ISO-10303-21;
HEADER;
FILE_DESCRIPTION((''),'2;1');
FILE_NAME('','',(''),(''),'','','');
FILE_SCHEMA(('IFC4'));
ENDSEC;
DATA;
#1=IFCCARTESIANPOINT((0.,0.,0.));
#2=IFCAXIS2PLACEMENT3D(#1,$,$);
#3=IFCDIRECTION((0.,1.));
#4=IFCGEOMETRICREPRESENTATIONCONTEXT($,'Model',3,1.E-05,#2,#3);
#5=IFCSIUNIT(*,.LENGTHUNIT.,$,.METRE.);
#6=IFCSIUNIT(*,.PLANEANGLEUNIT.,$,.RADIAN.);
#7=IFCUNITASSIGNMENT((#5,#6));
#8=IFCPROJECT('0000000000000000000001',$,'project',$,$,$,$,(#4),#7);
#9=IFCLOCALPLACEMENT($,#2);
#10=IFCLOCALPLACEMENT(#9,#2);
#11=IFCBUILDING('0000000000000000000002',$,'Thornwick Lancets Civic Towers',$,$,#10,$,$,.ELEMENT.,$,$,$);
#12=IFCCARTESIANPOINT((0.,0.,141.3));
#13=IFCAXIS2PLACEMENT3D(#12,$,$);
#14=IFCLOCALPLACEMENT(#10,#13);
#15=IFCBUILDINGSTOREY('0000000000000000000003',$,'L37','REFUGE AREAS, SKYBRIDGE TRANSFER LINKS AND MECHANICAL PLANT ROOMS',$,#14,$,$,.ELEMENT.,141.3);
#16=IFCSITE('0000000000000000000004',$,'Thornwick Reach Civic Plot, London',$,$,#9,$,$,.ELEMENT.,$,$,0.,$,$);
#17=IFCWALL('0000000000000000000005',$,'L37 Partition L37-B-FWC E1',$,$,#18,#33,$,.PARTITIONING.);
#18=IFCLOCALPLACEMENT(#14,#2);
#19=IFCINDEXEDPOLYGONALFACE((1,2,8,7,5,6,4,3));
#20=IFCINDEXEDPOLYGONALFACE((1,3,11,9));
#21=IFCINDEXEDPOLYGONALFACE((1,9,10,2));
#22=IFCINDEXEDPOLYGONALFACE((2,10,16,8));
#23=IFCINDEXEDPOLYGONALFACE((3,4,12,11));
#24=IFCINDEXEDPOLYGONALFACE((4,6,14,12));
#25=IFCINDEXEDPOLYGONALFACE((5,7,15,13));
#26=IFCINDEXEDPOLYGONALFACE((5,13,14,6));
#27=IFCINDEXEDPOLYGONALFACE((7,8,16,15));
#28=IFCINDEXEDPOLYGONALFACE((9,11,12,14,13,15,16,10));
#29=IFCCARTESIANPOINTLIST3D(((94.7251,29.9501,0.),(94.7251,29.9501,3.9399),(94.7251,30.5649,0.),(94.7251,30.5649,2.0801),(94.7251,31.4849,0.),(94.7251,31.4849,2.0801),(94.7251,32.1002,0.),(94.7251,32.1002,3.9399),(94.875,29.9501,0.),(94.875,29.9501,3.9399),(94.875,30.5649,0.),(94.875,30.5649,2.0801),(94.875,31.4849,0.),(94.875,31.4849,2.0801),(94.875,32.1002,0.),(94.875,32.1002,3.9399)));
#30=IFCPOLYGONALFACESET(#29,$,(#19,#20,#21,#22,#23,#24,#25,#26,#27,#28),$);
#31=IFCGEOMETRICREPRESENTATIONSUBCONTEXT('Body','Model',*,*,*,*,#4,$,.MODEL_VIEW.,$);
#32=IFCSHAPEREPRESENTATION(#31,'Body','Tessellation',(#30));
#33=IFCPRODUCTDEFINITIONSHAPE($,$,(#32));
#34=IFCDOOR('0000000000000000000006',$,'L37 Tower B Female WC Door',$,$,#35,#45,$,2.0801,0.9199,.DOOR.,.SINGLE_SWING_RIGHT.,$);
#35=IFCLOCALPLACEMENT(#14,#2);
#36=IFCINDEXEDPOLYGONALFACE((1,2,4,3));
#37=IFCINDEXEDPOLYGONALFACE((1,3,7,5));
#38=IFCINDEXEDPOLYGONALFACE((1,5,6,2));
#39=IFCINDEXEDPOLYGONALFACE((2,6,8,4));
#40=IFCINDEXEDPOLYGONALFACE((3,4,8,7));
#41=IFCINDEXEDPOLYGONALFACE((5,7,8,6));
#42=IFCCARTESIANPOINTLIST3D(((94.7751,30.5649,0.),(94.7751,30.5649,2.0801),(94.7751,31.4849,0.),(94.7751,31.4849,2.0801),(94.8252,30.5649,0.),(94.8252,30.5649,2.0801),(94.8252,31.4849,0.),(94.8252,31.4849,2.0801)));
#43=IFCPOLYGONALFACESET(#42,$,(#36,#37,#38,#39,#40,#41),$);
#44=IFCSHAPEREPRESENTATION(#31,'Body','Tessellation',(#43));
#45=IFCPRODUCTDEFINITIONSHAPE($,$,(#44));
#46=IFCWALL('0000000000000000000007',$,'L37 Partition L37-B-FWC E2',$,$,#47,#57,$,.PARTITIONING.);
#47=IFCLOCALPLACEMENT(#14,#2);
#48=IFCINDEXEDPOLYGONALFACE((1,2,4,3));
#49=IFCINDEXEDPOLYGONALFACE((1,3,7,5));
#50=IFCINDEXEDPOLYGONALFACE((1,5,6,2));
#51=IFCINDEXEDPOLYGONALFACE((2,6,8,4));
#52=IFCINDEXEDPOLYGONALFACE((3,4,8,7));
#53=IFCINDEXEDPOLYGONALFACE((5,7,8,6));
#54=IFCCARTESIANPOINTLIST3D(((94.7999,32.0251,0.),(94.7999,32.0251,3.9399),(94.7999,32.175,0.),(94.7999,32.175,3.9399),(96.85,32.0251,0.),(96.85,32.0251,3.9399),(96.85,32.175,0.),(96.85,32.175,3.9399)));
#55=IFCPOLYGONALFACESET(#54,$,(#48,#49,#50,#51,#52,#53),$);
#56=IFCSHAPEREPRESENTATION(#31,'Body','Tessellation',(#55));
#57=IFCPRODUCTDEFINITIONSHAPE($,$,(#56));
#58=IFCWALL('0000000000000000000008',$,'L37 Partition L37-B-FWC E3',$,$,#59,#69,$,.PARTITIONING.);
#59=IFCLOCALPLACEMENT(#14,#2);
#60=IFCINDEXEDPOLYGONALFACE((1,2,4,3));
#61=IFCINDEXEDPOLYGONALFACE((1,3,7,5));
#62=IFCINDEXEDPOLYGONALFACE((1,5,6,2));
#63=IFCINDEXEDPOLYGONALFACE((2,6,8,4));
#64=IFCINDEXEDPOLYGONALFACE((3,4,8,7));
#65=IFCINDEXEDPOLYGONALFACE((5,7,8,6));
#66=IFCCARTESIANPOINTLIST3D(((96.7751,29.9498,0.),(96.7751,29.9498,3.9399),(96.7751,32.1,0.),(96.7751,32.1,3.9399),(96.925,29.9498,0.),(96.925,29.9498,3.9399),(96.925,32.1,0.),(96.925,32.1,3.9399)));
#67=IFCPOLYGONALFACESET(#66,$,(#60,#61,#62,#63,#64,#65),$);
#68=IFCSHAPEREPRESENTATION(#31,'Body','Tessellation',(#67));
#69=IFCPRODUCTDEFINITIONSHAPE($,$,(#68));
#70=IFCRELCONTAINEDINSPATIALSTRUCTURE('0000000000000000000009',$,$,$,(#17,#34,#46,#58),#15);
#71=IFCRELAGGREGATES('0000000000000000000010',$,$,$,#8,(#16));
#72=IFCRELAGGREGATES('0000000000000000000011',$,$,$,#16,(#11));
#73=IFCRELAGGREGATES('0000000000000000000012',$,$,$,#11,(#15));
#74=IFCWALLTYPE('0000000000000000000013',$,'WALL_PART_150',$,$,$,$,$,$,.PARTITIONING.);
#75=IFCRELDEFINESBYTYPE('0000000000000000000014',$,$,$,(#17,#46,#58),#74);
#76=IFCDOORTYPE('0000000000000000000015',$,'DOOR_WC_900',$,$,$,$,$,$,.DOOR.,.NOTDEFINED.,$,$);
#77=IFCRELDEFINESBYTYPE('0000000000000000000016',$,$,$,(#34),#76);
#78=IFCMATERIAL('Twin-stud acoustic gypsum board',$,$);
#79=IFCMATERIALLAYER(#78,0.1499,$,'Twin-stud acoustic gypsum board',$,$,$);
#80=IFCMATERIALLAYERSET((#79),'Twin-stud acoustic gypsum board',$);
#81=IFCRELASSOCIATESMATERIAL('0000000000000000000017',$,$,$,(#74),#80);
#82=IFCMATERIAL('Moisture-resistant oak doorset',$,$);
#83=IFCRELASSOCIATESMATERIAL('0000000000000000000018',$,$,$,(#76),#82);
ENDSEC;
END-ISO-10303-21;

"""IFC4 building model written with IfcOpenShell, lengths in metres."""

from ifc_helpers import new_model, si_unit, direction, frame, frame_2d, origin, place, context, subcontext, project, spatial, rectangle, extrude, material, layer, layer_set, type_object, element, fill, save


model = new_model("IFC4")

# Units and contexts
model_context = context("Model", 3, precision=1e-05, world=origin(), true_north=direction((0.0, 1.0)))
body_context = subcontext(model_context, "Body", "Model", "MODEL_VIEW")
ifc_project = project(units=[si_unit("LENGTHUNIT", "METRE"), si_unit("PLANEANGLEUNIT", "RADIAN")], contexts=[model_context])

# Site, building, storey
site_placement = place(None, origin())
site = spatial("IfcSite", under=ifc_project, at=site_placement, Name="Thornwick Reach Civic Plot, London", CompositionType="ELEMENT", RefElevation=0.0)
building_placement = place(site_placement, origin())
building = spatial("IfcBuilding", under=site, at=building_placement, Name="Thornwick Lancets Civic Towers", CompositionType="ELEMENT")
storey_placement = place(building_placement, frame((0.0, 0.0, 141.3)))
storey = spatial("IfcBuildingStorey", under=building, at=storey_placement, Name="L37", Description="REFUGE AREAS, SKYBRIDGE TRANSFER LINKS AND MECHANICAL PLANT ROOMS", CompositionType="ELEMENT", Elevation=141.3)

# Shared definitions
ifc_material_1 = material(Name="Twin-stud acoustic gypsum board")
ifc_layer_1 = layer(ifc_material_1, 0.1499, Name="Twin-stud acoustic gypsum board")
ifc_layer_set_1 = layer_set([ifc_layer_1], Name="Twin-stud acoustic gypsum board")
wall_type_1 = type_object("IfcWallType", Name="WALL_PART_150", PredefinedType="PARTITIONING", material=ifc_layer_set_1)

# Wall, opening, door
wall_1_placement = place(storey_placement, frame((94.8, 29.95, 0.0), z_axis=(0.0, 0.0, 1.0), x_axis=(0.0, 1.0, 0.0)))
wall_1 = element("IfcWall", 1, at=wall_1_placement, inside=storey, type_object=wall_type_1, Name="L37 Partition L37-B-FWC E1", PredefinedType="PARTITIONING", context=body_context, shape_type="SweptSolid", body=[
    extrude(rectangle(XDim=2.1501, YDim=0.1499, at=frame_2d((1.0752, 0.0))), origin(), (0.0, 0.0, 1.0), 3.9399),
])
opening_1_placement = place(wall_1_placement, frame((0.615, 0.0, 0.0)))
opening_1 = element("IfcOpeningElement", 2, at=opening_1_placement, cuts=wall_1, PredefinedType="OPENING", context=body_context, shape_type="SweptSolid", body=[
    extrude(rectangle(XDim=0.9199, YDim=2.0801, at=frame_2d((0.46, 1.04))), frame((0.0, 0.085, 0.0), z_axis=(0.0, -1.0, 0.0), x_axis=(1.0, 0.0, 0.0)), (0.0, 0.0, 1.0), 0.1699),
])
ifc_material_2 = material(Name="Moisture-resistant oak doorset")
door_type_1 = type_object("IfcDoorType", Name="DOOR_WC_900", OperationType="NOTDEFINED", PredefinedType="DOOR", material=ifc_material_2)
door_1_placement = place(opening_1_placement, origin())
door_1 = element("IfcDoor", 3, at=door_1_placement, inside=storey, type_object=door_type_1, Name="L37 Tower B Female WC Door", OperationType="SINGLE_SWING_RIGHT", OverallHeight=2.0801, OverallWidth=0.9199, PredefinedType="DOOR", context=body_context, shape_type="SweptSolid", body=[
    extrude(rectangle(XDim=0.9199, YDim=2.0801, at=frame_2d((0.46, 1.04))), frame((0.0, 0.0249, 0.0), z_axis=(0.0, -1.0, 0.0), x_axis=(1.0, 0.0, 0.0)), (0.0, 0.0, 1.0), 0.05),
])
fill(opening_1, door_1)

# Walls
wall_2_placement = place(storey_placement, frame((94.8, 32.1001, 0.0), z_axis=(0.0, 0.0, 1.0), x_axis=(1.0, 0.0, 0.0)))
element("IfcWall", 4, at=wall_2_placement, inside=storey, type_object=wall_type_1, Name="L37 Partition L37-B-FWC E2", PredefinedType="PARTITIONING", context=body_context, shape_type="SweptSolid", body=[
    extrude(rectangle(XDim=2.05, YDim=0.1499, at=frame_2d((1.0249, 0.0))), origin(), (0.0, 0.0, 1.0), 3.9399),
])
wall_3_placement = place(storey_placement, frame((96.8501, 32.1001, 0.0), z_axis=(0.0, 0.0, 1.0), x_axis=(0.0, -1.0, 0.0)))
element("IfcWall", 5, at=wall_3_placement, inside=storey, type_object=wall_type_1, Name="L37 Partition L37-B-FWC E3", PredefinedType="PARTITIONING", context=body_context, shape_type="SweptSolid", body=[
    extrude(rectangle(XDim=2.1501, YDim=0.1499, at=frame_2d((1.0752, 0.0))), origin(), (0.0, 0.0, 1.0), 3.9399),
])

save(model, "model.ifc")
